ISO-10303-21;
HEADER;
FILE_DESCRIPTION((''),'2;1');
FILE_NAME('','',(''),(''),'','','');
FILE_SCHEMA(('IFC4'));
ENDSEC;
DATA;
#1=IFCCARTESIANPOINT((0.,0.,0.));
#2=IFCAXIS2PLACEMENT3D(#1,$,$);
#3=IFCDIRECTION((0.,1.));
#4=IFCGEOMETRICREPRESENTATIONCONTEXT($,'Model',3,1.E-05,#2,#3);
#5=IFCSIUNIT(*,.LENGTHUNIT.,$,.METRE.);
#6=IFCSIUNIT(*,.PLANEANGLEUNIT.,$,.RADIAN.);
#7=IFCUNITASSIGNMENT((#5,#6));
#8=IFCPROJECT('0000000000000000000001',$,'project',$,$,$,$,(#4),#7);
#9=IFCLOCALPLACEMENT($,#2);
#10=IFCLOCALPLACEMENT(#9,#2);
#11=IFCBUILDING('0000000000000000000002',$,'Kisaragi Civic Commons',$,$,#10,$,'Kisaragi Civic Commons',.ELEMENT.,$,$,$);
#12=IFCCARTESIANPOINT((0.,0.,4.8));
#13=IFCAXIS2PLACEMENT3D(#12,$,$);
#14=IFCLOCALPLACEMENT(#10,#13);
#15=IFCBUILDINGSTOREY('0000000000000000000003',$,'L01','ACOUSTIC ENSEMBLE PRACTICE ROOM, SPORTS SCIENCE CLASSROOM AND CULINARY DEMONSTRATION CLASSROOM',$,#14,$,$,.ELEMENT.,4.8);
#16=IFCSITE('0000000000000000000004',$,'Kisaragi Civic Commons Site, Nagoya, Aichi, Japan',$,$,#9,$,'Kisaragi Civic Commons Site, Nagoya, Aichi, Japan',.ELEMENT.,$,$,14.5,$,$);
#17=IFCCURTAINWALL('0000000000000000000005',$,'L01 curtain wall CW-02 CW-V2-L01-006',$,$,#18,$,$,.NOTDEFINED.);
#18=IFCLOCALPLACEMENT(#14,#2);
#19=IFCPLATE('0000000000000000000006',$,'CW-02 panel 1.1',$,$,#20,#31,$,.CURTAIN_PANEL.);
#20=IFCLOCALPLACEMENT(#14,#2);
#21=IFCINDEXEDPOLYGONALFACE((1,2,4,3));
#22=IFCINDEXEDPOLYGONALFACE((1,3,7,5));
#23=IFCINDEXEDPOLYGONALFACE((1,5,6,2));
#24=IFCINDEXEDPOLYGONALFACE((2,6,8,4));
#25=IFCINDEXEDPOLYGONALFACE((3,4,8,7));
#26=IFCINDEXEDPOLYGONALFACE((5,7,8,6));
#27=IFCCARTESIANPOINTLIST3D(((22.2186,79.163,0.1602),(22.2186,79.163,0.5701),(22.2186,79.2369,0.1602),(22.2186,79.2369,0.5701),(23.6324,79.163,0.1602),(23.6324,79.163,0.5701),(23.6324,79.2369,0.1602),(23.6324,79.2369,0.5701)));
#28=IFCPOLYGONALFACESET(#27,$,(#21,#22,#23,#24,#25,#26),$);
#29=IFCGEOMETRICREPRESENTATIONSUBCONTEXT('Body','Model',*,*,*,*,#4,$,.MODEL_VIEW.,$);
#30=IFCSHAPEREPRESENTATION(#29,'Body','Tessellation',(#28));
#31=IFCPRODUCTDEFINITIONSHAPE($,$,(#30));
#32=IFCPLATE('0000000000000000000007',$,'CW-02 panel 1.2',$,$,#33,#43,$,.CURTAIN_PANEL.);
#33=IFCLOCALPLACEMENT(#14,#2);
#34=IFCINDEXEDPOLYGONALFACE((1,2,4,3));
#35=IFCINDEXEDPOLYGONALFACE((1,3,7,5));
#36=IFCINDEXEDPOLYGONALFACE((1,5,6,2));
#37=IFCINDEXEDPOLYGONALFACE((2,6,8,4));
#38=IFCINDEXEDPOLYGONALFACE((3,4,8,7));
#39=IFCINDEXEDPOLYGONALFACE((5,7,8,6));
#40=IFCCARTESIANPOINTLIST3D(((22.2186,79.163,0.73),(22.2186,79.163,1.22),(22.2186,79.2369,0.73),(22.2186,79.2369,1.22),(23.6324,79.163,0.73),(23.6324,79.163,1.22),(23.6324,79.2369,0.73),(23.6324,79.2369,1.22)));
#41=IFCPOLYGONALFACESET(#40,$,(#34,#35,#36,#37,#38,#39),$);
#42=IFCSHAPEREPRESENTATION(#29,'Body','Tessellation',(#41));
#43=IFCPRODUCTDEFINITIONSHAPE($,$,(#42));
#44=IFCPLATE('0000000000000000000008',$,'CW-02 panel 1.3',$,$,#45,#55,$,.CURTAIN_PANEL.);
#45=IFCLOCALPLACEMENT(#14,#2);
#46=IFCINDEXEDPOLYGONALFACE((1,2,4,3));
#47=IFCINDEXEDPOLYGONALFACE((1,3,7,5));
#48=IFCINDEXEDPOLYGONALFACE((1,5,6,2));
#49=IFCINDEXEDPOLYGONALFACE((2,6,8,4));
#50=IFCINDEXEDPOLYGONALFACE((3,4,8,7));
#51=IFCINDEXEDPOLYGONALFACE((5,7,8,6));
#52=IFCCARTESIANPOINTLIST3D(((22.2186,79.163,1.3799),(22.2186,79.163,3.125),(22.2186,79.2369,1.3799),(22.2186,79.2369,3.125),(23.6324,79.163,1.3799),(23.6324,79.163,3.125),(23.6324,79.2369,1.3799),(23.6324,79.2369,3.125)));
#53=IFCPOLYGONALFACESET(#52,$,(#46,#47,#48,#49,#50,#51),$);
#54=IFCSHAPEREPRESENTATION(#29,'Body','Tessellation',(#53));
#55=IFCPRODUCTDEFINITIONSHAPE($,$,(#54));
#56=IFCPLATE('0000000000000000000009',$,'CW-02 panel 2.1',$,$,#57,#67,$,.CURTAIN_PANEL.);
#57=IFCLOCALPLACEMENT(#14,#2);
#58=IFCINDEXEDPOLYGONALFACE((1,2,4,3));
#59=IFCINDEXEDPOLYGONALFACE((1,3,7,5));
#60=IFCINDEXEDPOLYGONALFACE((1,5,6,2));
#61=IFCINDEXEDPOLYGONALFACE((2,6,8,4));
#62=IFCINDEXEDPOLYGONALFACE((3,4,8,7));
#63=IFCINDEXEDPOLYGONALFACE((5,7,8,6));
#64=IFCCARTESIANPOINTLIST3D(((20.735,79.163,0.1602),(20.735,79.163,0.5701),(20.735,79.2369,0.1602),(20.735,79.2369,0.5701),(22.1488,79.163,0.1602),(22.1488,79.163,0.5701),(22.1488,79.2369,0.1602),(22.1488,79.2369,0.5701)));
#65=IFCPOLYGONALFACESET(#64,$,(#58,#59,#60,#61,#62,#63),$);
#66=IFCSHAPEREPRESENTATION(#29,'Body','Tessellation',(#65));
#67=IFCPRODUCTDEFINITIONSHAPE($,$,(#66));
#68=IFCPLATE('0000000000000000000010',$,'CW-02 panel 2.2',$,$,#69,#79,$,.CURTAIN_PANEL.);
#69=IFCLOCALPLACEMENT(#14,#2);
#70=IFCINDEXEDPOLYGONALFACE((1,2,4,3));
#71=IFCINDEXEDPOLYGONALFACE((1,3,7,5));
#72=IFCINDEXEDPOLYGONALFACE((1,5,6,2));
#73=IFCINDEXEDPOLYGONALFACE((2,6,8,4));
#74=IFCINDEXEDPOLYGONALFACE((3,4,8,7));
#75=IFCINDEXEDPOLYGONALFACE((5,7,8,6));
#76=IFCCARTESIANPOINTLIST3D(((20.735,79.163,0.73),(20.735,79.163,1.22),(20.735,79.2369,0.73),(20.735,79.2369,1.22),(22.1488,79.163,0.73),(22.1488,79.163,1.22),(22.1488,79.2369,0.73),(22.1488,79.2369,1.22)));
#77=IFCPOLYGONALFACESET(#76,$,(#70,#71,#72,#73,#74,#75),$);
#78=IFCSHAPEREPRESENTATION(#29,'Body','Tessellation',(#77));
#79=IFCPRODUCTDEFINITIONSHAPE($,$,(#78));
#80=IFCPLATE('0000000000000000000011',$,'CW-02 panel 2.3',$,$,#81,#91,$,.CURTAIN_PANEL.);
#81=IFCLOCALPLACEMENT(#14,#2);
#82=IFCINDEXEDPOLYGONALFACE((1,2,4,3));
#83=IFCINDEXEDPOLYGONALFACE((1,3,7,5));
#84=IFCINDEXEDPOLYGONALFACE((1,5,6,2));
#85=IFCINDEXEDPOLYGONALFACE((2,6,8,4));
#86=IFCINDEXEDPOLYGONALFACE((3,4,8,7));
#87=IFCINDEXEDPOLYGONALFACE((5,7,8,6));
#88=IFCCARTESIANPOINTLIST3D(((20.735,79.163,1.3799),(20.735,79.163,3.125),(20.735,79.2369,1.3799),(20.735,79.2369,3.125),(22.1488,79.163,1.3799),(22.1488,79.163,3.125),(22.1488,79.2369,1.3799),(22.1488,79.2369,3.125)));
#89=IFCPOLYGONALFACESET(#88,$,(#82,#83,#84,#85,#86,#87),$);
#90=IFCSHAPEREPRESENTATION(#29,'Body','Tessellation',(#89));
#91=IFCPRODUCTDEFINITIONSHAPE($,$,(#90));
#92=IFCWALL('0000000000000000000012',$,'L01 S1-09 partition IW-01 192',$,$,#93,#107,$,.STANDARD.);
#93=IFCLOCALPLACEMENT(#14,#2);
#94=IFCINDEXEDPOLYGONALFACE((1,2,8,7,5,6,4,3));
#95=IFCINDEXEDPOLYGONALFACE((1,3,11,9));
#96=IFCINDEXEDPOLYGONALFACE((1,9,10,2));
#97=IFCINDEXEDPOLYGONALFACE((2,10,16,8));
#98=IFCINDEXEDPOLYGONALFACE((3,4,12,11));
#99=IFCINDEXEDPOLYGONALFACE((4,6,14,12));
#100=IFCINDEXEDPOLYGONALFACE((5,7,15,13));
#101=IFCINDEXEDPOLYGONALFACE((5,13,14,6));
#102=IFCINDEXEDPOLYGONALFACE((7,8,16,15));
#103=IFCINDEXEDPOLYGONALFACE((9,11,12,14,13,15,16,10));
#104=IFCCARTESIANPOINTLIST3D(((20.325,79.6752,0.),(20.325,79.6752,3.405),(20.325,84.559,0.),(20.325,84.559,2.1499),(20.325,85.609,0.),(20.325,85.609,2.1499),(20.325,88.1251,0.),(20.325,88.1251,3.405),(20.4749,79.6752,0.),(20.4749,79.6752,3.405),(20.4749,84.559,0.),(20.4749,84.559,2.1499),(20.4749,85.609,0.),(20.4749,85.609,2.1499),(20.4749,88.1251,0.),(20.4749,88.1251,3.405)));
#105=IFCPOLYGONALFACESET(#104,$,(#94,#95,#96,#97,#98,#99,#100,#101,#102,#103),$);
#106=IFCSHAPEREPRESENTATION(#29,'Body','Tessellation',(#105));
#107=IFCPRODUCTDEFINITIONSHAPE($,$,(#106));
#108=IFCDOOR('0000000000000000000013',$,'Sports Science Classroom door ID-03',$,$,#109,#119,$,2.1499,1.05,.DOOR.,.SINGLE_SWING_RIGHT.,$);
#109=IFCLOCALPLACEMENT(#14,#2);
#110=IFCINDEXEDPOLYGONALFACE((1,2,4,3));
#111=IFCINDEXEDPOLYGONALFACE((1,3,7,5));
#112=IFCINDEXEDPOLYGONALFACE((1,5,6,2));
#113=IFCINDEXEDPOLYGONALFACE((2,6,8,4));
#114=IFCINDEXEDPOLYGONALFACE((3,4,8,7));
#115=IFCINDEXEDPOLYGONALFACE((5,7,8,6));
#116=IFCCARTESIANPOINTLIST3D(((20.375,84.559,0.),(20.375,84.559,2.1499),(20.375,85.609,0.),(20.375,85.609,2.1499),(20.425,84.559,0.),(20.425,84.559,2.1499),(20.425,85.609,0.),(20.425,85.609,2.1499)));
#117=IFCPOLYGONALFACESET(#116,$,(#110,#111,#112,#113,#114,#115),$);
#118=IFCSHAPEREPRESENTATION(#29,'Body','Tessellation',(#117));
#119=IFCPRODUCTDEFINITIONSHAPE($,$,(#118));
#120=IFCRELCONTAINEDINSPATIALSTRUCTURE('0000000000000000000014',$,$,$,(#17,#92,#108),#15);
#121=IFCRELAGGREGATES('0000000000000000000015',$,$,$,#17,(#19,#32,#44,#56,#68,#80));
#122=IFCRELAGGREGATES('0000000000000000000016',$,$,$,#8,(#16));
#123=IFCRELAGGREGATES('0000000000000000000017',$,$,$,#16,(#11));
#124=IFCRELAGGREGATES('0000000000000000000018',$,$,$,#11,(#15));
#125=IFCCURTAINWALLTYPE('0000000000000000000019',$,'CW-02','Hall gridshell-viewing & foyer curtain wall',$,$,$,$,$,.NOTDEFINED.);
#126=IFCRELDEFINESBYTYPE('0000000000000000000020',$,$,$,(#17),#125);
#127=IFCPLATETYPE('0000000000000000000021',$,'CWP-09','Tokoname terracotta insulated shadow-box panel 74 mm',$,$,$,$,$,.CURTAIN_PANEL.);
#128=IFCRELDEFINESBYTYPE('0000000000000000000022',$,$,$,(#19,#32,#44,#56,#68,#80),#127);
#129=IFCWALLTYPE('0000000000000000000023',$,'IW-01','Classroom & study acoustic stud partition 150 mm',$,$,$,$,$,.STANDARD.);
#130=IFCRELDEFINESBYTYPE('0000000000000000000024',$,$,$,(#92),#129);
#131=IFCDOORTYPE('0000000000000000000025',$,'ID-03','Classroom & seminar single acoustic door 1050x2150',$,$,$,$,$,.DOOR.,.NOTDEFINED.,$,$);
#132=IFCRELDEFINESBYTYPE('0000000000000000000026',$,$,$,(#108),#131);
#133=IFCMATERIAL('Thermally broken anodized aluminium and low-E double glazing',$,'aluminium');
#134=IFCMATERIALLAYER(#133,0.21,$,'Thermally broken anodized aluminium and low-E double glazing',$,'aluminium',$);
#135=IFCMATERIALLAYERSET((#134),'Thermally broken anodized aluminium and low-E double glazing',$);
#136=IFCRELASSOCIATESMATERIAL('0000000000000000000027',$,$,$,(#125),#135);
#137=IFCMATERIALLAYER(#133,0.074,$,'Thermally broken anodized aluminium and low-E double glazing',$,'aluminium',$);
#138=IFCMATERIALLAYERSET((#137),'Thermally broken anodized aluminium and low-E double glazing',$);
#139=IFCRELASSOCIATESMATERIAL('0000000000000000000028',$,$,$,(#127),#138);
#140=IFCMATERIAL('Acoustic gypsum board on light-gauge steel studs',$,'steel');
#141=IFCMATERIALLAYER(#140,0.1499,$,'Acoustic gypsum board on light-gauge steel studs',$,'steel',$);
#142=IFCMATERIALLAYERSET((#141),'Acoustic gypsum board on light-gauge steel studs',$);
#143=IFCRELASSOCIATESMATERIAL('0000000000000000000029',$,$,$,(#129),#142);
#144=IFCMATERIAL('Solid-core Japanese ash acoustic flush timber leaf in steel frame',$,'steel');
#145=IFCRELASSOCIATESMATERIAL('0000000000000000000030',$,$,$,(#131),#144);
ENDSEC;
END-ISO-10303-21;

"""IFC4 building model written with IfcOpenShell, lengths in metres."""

from ifc_helpers import new_model, si_unit, direction, frame, frame_2d, origin, origin_2d, place, context, subcontext, project, spatial, rectangle, extrude, material, layer, layer_set, type_object, element, fill, aggregate, save


model = new_model("IFC4")

# Units and contexts
model_context = context("Model", 3, precision=1e-05, world=origin(), true_north=direction((0.0, 1.0)))
body_context = subcontext(model_context, "Body", "Model", "MODEL_VIEW")
ifc_project = project(units=[si_unit("LENGTHUNIT", "METRE"), si_unit("PLANEANGLEUNIT", "RADIAN")], contexts=[model_context])

# Site, building, storey
site_placement = place(None, origin())
site = spatial("IfcSite", under=ifc_project, at=site_placement, Name="Kisaragi Civic Commons Site, Nagoya, Aichi, Japan", LongName="Kisaragi Civic Commons Site, Nagoya, Aichi, Japan", CompositionType="ELEMENT", RefElevation=14.5)
building_placement = place(site_placement, origin())
building = spatial("IfcBuilding", under=site, at=building_placement, Name="Kisaragi Civic Commons", LongName="Kisaragi Civic Commons", CompositionType="ELEMENT")
storey_placement = place(building_placement, frame((0.0, 0.0, 4.8)))
storey = spatial("IfcBuildingStorey", under=building, at=storey_placement, Name="L01", Description="ACOUSTIC ENSEMBLE PRACTICE ROOM, SPORTS SCIENCE CLASSROOM AND CULINARY DEMONSTRATION CLASSROOM", CompositionType="ELEMENT", Elevation=4.8)

# Curtain wall
ifc_material_1 = material(Name="Thermally broken anodized aluminium and low-E double glazing", Category="aluminium")
ifc_layer_1 = layer(ifc_material_1, 0.21, Name="Thermally broken anodized aluminium and low-E double glazing", Category="aluminium")
ifc_layer_set_1 = layer_set([ifc_layer_1], Name="Thermally broken anodized aluminium and low-E double glazing")
curtain_wall_type = type_object("IfcCurtainWallType", Name="CW-02", Description="Hall gridshell-viewing & foyer curtain wall", PredefinedType="NOTDEFINED", material=ifc_layer_set_1)
curtain_wall_placement = place(storey_placement, origin())
curtain_wall = element("IfcCurtainWall", 1, at=curtain_wall_placement, inside=storey, type_object=curtain_wall_type, Name="L01 curtain wall CW-02 CW-V2-L01-006", PredefinedType="NOTDEFINED")

# Plates
ifc_layer_2 = layer(ifc_material_1, 0.074, Name="Thermally broken anodized aluminium and low-E double glazing", Category="aluminium")
ifc_layer_set_2 = layer_set([ifc_layer_2], Name="Thermally broken anodized aluminium and low-E double glazing")
plate_type_1 = type_object("IfcPlateType", Name="CWP-09", Description="Tokoname terracotta insulated shadow-box panel 74 mm", PredefinedType="CURTAIN_PANEL", material=ifc_layer_set_2)
plate_1_placement = place(storey_placement, frame((22.9255, 79.2, 0.1602), z_axis=(0.0, 0.0, 1.0), x_axis=(-1.0, 0.0, 0.0)))
plate_1 = element("IfcPlate", 2, at=plate_1_placement, type_object=plate_type_1, Name="CW-02 panel 1.1", PredefinedType="CURTAIN_PANEL", context=body_context, shape_type="SweptSolid", body=[
    extrude(rectangle(XDim=1.4138, YDim=0.074, at=origin_2d()), origin(), (0.0, 0.0, 1.0), 0.4099),
])
plate_2_placement = place(storey_placement, frame((22.9255, 79.2, 0.73), z_axis=(0.0, 0.0, 1.0), x_axis=(-1.0, 0.0, 0.0)))
plate_2 = element("IfcPlate", 3, at=plate_2_placement, type_object=plate_type_1, Name="CW-02 panel 1.2", PredefinedType="CURTAIN_PANEL", context=body_context, shape_type="SweptSolid", body=[
    extrude(rectangle(XDim=1.4138, YDim=0.074, at=origin_2d()), origin(), (0.0, 0.0, 1.0), 0.49),
])
plate_3_placement = place(storey_placement, frame((22.9255, 79.2, 1.3799), z_axis=(0.0, 0.0, 1.0), x_axis=(-1.0, 0.0, 0.0)))
plate_3 = element("IfcPlate", 4, at=plate_3_placement, type_object=plate_type_1, Name="CW-02 panel 1.3", PredefinedType="CURTAIN_PANEL", context=body_context, shape_type="SweptSolid", body=[
    extrude(rectangle(XDim=1.4138, YDim=0.074, at=origin_2d()), origin(), (0.0, 0.0, 1.0), 1.7451),
])
plate_4_placement = place(storey_placement, frame((21.4419, 79.2, 0.1602), z_axis=(0.0, 0.0, 1.0), x_axis=(-1.0, 0.0, 0.0)))
plate_4 = element("IfcPlate", 5, at=plate_4_placement, type_object=plate_type_1, Name="CW-02 panel 2.1", PredefinedType="CURTAIN_PANEL", context=body_context, shape_type="SweptSolid", body=[
    extrude(rectangle(XDim=1.4138, YDim=0.074, at=origin_2d()), origin(), (0.0, 0.0, 1.0), 0.4099),
])
plate_5_placement = place(storey_placement, frame((21.4419, 79.2, 0.73), z_axis=(0.0, 0.0, 1.0), x_axis=(-1.0, 0.0, 0.0)))
plate_5 = element("IfcPlate", 6, at=plate_5_placement, type_object=plate_type_1, Name="CW-02 panel 2.2", PredefinedType="CURTAIN_PANEL", context=body_context, shape_type="SweptSolid", body=[
    extrude(rectangle(XDim=1.4138, YDim=0.074, at=origin_2d()), origin(), (0.0, 0.0, 1.0), 0.49),
])
plate_6_placement = place(storey_placement, frame((21.4419, 79.2, 1.3799), z_axis=(0.0, 0.0, 1.0), x_axis=(-1.0, 0.0, 0.0)))
plate_6 = element("IfcPlate", 7, at=plate_6_placement, type_object=plate_type_1, Name="CW-02 panel 2.3", PredefinedType="CURTAIN_PANEL", context=body_context, shape_type="SweptSolid", body=[
    extrude(rectangle(XDim=1.4138, YDim=0.074, at=origin_2d()), origin(), (0.0, 0.0, 1.0), 1.7451),
])
aggregate(curtain_wall, [plate_1, plate_2, plate_3, plate_4, plate_5, plate_6])

# Wall, opening, door
ifc_material_2 = material(Name="Acoustic gypsum board on light-gauge steel studs", Category="steel")
ifc_layer_3 = layer(ifc_material_2, 0.1499, Name="Acoustic gypsum board on light-gauge steel studs", Category="steel")
ifc_layer_set_3 = layer_set([ifc_layer_3], Name="Acoustic gypsum board on light-gauge steel studs")
wall_type_1 = type_object("IfcWallType", Name="IW-01", Description="Classroom & study acoustic stud partition 150 mm", PredefinedType="STANDARD", material=ifc_layer_set_3)
wall_1_placement = place(storey_placement, frame((20.3999, 79.675, 0.0), z_axis=(0.0, 0.0, 1.0), x_axis=(0.0, 1.0, 0.0)))
wall_1 = element("IfcWall", 8, at=wall_1_placement, inside=storey, type_object=wall_type_1, Name="L01 S1-09 partition IW-01 192", PredefinedType="STANDARD", context=body_context, shape_type="SweptSolid", body=[
    extrude(rectangle(XDim=8.45, YDim=0.1499, at=frame_2d((4.2251, 0.0))), origin(), (0.0, 0.0, 1.0), 3.405),
])
opening_1_placement = place(wall_1_placement, frame((4.884, 0.0, 0.0)))
opening_1 = element("IfcOpeningElement", 9, at=opening_1_placement, cuts=wall_1, PredefinedType="OPENING", context=body_context, shape_type="SweptSolid", body=[
    extrude(rectangle(XDim=1.05, YDim=2.1499, at=frame_2d((0.5249, 1.075))), frame((0.0, 0.085, 0.0), z_axis=(0.0, -1.0, 0.0), x_axis=(1.0, 0.0, 0.0)), (0.0, 0.0, 1.0), 0.1699),
])
ifc_material_3 = material(Name="Solid-core Japanese ash acoustic flush timber leaf in steel frame", Category="steel")
door_type_1 = type_object("IfcDoorType", Name="ID-03", Description="Classroom & seminar single acoustic door 1050x2150", OperationType="NOTDEFINED", PredefinedType="DOOR", material=ifc_material_3)
door_1_placement = place(opening_1_placement, origin())
door_1 = element("IfcDoor", 10, at=door_1_placement, inside=storey, type_object=door_type_1, Name="Sports Science Classroom door ID-03", OperationType="SINGLE_SWING_RIGHT", OverallHeight=2.1499, OverallWidth=1.05, PredefinedType="DOOR", context=body_context, shape_type="SweptSolid", body=[
    extrude(rectangle(XDim=1.05, YDim=2.1499, at=frame_2d((0.5249, 1.075))), frame((0.0, 0.0249, 0.0), z_axis=(0.0, -1.0, 0.0), x_axis=(1.0, 0.0, 0.0)), (0.0, 0.0, 1.0), 0.05),
])
fill(opening_1, door_1)

save(model, "model.ifc")
